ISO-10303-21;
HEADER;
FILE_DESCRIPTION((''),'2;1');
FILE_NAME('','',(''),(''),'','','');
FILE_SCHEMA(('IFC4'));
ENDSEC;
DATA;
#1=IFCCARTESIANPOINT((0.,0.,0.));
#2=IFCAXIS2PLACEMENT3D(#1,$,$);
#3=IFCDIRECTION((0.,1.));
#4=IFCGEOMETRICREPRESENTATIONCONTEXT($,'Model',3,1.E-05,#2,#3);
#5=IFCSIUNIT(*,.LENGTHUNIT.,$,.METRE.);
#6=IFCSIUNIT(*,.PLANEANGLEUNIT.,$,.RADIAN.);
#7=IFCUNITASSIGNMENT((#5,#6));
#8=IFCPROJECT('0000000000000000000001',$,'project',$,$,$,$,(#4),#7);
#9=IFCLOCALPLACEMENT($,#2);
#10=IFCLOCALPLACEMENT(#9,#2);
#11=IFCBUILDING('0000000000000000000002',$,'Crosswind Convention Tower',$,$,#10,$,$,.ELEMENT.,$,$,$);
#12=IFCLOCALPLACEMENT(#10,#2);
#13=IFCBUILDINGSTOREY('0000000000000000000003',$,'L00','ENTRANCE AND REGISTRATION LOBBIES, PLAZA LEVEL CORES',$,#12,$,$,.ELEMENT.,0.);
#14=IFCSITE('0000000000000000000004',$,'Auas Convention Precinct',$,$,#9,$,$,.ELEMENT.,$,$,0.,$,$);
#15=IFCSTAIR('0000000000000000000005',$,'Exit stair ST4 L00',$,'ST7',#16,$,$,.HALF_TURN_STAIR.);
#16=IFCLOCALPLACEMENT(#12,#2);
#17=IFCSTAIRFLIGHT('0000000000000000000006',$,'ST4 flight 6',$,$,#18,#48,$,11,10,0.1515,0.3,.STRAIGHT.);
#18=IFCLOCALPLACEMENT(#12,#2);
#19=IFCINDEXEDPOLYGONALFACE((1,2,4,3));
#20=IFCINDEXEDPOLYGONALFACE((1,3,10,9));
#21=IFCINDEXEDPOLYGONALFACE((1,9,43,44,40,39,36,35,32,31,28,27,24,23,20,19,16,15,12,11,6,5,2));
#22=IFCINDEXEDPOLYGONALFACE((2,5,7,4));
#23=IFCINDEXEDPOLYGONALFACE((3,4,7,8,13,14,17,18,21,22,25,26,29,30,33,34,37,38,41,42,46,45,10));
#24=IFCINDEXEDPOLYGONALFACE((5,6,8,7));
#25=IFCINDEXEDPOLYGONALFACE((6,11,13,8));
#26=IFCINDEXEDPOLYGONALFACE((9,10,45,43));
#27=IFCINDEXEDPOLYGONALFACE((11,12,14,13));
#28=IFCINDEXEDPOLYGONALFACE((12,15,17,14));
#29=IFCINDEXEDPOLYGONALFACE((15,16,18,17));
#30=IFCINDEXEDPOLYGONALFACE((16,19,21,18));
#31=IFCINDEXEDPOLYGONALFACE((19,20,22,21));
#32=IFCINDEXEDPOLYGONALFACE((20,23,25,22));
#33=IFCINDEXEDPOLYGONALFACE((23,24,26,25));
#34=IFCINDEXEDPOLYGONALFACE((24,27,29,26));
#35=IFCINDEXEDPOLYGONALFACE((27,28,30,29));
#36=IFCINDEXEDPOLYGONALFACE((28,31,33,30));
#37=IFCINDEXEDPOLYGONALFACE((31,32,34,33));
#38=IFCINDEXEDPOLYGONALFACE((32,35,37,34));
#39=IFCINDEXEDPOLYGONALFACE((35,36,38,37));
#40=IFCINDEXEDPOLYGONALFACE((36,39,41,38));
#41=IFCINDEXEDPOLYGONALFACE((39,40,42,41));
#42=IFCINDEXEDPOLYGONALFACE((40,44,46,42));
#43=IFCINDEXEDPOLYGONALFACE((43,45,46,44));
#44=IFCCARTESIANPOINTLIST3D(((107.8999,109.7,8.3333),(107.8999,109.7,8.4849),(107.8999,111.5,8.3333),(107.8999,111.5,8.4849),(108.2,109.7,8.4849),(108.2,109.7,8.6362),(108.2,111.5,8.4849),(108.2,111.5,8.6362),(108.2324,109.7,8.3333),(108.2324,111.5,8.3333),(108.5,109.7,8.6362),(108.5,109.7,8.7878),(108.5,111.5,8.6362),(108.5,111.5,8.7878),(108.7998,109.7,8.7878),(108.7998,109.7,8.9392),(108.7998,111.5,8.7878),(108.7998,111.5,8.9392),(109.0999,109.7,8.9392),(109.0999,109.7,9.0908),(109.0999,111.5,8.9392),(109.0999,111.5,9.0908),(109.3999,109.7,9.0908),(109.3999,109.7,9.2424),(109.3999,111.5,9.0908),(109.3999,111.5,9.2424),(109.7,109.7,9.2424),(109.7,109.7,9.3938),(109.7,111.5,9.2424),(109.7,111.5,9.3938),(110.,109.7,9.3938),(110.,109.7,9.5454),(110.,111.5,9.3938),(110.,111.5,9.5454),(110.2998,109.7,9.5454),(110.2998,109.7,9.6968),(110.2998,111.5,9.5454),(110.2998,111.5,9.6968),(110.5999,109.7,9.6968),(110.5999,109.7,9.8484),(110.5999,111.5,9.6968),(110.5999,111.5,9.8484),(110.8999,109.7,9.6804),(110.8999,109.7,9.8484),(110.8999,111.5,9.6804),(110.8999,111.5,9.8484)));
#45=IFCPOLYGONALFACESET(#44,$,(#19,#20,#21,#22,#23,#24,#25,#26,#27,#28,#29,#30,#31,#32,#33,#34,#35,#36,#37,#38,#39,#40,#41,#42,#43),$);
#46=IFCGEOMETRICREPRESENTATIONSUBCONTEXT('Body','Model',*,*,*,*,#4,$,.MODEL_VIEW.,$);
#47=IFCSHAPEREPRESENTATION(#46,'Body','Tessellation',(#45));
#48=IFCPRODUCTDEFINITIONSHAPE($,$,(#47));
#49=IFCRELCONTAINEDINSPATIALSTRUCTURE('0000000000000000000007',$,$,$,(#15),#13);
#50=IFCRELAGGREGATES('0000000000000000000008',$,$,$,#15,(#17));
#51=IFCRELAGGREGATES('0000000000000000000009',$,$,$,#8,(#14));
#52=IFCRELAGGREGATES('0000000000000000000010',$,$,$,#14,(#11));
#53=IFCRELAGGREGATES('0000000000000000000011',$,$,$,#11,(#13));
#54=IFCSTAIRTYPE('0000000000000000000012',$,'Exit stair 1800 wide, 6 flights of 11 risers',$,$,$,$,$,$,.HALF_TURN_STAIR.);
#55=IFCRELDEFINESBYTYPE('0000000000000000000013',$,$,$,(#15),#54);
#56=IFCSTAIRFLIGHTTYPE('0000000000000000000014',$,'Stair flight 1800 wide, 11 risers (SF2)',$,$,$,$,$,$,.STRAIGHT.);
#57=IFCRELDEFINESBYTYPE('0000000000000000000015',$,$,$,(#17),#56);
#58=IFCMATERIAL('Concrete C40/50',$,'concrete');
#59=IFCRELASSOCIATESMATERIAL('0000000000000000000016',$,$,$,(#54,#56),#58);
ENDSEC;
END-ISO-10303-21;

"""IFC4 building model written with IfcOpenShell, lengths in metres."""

from ifc_helpers import new_model, si_unit, direction, frame, origin, place, context, subcontext, project, spatial, polyline, outline, extrude, material, type_object, element, aggregate, save


model = new_model("IFC4")

# Units and contexts
model_context = context("Model", 3, precision=1e-05, world=origin(), true_north=direction((0.0, 1.0)))
body_context = subcontext(model_context, "Body", "Model", "MODEL_VIEW")
ifc_project = project(units=[si_unit("LENGTHUNIT", "METRE"), si_unit("PLANEANGLEUNIT", "RADIAN")], contexts=[model_context])

# Site, building, storey
site_placement = place(None, origin())
site = spatial("IfcSite", under=ifc_project, at=site_placement, Name="Auas Convention Precinct", CompositionType="ELEMENT", RefElevation=0.0)
building_placement = place(site_placement, origin())
building = spatial("IfcBuilding", under=site, at=building_placement, Name="Crosswind Convention Tower", CompositionType="ELEMENT")
storey_placement = place(building_placement, origin())
storey = spatial("IfcBuildingStorey", under=building, at=storey_placement, Name="L00", Description="ENTRANCE AND REGISTRATION LOBBIES, PLAZA LEVEL CORES", CompositionType="ELEMENT", Elevation=0.0)

# Shared definitions
ifc_material_1 = material(Name="Concrete C40/50", Category="concrete")

# Stair, stair flight
stair_type = type_object("IfcStairType", Name="Exit stair 1800 wide, 6 flights of 11 risers", PredefinedType="HALF_TURN_STAIR", material=ifc_material_1)
stair_placement = place(storey_placement, origin())
stair = element("IfcStair", 1, at=stair_placement, inside=storey, type_object=stair_type, Name="Exit stair ST4 L00", ObjectType="ST7", PredefinedType="HALF_TURN_STAIR")
stair_flight_type = type_object("IfcStairFlightType", Name="Stair flight 1800 wide, 11 risers (SF2)", PredefinedType="STRAIGHT", material=ifc_material_1)
stair_flight_1_placement = place(storey_placement, frame((107.8999, 110.6001, 8.3333), z_axis=(0.0, 0.0, 1.0), x_axis=(1.0, 0.0, 0.0)))
stair_flight_1 = element("IfcStairFlight", 2, at=stair_flight_1_placement, type_object=stair_flight_type, Name="ST4 flight 6", NumberOfRisers=11, NumberOfTreads=10, PredefinedType="STRAIGHT", RiserHeight=0.1515, TreadLength=0.3, context=body_context, shape_type="SweptSolid", body=[
    extrude(outline(polyline([(0.0, 0.0), (0.0, 0.1516), (0.3, 0.1516), (0.3, 0.303), (0.6001, 0.303), (0.6001, 0.4546), (0.8999, 0.4546), (0.8999, 0.606), (1.2, 0.606), (1.2, 0.7576), (1.5, 0.7576), (1.5, 0.9092), (1.8, 0.9092), (1.8, 1.0605), (2.1001, 1.0605), (2.1001, 1.2122), (2.3999, 1.2122), (2.3999, 1.3635), (2.7, 1.3635), (2.7, 1.5151), (3.0, 1.5151), (3.0, 1.6667), (3.0, 1.3472), (0.3325, 0.0), (0.0, 0.0)])), frame((0.0, 0.8999, 0.0), z_axis=(0.0, -1.0, 0.0), x_axis=(1.0, 0.0, 0.0)), (0.0, 0.0, 1.0), 1.8),
])
aggregate(stair, [stair_flight_1])

save(model, "model.ifc")
